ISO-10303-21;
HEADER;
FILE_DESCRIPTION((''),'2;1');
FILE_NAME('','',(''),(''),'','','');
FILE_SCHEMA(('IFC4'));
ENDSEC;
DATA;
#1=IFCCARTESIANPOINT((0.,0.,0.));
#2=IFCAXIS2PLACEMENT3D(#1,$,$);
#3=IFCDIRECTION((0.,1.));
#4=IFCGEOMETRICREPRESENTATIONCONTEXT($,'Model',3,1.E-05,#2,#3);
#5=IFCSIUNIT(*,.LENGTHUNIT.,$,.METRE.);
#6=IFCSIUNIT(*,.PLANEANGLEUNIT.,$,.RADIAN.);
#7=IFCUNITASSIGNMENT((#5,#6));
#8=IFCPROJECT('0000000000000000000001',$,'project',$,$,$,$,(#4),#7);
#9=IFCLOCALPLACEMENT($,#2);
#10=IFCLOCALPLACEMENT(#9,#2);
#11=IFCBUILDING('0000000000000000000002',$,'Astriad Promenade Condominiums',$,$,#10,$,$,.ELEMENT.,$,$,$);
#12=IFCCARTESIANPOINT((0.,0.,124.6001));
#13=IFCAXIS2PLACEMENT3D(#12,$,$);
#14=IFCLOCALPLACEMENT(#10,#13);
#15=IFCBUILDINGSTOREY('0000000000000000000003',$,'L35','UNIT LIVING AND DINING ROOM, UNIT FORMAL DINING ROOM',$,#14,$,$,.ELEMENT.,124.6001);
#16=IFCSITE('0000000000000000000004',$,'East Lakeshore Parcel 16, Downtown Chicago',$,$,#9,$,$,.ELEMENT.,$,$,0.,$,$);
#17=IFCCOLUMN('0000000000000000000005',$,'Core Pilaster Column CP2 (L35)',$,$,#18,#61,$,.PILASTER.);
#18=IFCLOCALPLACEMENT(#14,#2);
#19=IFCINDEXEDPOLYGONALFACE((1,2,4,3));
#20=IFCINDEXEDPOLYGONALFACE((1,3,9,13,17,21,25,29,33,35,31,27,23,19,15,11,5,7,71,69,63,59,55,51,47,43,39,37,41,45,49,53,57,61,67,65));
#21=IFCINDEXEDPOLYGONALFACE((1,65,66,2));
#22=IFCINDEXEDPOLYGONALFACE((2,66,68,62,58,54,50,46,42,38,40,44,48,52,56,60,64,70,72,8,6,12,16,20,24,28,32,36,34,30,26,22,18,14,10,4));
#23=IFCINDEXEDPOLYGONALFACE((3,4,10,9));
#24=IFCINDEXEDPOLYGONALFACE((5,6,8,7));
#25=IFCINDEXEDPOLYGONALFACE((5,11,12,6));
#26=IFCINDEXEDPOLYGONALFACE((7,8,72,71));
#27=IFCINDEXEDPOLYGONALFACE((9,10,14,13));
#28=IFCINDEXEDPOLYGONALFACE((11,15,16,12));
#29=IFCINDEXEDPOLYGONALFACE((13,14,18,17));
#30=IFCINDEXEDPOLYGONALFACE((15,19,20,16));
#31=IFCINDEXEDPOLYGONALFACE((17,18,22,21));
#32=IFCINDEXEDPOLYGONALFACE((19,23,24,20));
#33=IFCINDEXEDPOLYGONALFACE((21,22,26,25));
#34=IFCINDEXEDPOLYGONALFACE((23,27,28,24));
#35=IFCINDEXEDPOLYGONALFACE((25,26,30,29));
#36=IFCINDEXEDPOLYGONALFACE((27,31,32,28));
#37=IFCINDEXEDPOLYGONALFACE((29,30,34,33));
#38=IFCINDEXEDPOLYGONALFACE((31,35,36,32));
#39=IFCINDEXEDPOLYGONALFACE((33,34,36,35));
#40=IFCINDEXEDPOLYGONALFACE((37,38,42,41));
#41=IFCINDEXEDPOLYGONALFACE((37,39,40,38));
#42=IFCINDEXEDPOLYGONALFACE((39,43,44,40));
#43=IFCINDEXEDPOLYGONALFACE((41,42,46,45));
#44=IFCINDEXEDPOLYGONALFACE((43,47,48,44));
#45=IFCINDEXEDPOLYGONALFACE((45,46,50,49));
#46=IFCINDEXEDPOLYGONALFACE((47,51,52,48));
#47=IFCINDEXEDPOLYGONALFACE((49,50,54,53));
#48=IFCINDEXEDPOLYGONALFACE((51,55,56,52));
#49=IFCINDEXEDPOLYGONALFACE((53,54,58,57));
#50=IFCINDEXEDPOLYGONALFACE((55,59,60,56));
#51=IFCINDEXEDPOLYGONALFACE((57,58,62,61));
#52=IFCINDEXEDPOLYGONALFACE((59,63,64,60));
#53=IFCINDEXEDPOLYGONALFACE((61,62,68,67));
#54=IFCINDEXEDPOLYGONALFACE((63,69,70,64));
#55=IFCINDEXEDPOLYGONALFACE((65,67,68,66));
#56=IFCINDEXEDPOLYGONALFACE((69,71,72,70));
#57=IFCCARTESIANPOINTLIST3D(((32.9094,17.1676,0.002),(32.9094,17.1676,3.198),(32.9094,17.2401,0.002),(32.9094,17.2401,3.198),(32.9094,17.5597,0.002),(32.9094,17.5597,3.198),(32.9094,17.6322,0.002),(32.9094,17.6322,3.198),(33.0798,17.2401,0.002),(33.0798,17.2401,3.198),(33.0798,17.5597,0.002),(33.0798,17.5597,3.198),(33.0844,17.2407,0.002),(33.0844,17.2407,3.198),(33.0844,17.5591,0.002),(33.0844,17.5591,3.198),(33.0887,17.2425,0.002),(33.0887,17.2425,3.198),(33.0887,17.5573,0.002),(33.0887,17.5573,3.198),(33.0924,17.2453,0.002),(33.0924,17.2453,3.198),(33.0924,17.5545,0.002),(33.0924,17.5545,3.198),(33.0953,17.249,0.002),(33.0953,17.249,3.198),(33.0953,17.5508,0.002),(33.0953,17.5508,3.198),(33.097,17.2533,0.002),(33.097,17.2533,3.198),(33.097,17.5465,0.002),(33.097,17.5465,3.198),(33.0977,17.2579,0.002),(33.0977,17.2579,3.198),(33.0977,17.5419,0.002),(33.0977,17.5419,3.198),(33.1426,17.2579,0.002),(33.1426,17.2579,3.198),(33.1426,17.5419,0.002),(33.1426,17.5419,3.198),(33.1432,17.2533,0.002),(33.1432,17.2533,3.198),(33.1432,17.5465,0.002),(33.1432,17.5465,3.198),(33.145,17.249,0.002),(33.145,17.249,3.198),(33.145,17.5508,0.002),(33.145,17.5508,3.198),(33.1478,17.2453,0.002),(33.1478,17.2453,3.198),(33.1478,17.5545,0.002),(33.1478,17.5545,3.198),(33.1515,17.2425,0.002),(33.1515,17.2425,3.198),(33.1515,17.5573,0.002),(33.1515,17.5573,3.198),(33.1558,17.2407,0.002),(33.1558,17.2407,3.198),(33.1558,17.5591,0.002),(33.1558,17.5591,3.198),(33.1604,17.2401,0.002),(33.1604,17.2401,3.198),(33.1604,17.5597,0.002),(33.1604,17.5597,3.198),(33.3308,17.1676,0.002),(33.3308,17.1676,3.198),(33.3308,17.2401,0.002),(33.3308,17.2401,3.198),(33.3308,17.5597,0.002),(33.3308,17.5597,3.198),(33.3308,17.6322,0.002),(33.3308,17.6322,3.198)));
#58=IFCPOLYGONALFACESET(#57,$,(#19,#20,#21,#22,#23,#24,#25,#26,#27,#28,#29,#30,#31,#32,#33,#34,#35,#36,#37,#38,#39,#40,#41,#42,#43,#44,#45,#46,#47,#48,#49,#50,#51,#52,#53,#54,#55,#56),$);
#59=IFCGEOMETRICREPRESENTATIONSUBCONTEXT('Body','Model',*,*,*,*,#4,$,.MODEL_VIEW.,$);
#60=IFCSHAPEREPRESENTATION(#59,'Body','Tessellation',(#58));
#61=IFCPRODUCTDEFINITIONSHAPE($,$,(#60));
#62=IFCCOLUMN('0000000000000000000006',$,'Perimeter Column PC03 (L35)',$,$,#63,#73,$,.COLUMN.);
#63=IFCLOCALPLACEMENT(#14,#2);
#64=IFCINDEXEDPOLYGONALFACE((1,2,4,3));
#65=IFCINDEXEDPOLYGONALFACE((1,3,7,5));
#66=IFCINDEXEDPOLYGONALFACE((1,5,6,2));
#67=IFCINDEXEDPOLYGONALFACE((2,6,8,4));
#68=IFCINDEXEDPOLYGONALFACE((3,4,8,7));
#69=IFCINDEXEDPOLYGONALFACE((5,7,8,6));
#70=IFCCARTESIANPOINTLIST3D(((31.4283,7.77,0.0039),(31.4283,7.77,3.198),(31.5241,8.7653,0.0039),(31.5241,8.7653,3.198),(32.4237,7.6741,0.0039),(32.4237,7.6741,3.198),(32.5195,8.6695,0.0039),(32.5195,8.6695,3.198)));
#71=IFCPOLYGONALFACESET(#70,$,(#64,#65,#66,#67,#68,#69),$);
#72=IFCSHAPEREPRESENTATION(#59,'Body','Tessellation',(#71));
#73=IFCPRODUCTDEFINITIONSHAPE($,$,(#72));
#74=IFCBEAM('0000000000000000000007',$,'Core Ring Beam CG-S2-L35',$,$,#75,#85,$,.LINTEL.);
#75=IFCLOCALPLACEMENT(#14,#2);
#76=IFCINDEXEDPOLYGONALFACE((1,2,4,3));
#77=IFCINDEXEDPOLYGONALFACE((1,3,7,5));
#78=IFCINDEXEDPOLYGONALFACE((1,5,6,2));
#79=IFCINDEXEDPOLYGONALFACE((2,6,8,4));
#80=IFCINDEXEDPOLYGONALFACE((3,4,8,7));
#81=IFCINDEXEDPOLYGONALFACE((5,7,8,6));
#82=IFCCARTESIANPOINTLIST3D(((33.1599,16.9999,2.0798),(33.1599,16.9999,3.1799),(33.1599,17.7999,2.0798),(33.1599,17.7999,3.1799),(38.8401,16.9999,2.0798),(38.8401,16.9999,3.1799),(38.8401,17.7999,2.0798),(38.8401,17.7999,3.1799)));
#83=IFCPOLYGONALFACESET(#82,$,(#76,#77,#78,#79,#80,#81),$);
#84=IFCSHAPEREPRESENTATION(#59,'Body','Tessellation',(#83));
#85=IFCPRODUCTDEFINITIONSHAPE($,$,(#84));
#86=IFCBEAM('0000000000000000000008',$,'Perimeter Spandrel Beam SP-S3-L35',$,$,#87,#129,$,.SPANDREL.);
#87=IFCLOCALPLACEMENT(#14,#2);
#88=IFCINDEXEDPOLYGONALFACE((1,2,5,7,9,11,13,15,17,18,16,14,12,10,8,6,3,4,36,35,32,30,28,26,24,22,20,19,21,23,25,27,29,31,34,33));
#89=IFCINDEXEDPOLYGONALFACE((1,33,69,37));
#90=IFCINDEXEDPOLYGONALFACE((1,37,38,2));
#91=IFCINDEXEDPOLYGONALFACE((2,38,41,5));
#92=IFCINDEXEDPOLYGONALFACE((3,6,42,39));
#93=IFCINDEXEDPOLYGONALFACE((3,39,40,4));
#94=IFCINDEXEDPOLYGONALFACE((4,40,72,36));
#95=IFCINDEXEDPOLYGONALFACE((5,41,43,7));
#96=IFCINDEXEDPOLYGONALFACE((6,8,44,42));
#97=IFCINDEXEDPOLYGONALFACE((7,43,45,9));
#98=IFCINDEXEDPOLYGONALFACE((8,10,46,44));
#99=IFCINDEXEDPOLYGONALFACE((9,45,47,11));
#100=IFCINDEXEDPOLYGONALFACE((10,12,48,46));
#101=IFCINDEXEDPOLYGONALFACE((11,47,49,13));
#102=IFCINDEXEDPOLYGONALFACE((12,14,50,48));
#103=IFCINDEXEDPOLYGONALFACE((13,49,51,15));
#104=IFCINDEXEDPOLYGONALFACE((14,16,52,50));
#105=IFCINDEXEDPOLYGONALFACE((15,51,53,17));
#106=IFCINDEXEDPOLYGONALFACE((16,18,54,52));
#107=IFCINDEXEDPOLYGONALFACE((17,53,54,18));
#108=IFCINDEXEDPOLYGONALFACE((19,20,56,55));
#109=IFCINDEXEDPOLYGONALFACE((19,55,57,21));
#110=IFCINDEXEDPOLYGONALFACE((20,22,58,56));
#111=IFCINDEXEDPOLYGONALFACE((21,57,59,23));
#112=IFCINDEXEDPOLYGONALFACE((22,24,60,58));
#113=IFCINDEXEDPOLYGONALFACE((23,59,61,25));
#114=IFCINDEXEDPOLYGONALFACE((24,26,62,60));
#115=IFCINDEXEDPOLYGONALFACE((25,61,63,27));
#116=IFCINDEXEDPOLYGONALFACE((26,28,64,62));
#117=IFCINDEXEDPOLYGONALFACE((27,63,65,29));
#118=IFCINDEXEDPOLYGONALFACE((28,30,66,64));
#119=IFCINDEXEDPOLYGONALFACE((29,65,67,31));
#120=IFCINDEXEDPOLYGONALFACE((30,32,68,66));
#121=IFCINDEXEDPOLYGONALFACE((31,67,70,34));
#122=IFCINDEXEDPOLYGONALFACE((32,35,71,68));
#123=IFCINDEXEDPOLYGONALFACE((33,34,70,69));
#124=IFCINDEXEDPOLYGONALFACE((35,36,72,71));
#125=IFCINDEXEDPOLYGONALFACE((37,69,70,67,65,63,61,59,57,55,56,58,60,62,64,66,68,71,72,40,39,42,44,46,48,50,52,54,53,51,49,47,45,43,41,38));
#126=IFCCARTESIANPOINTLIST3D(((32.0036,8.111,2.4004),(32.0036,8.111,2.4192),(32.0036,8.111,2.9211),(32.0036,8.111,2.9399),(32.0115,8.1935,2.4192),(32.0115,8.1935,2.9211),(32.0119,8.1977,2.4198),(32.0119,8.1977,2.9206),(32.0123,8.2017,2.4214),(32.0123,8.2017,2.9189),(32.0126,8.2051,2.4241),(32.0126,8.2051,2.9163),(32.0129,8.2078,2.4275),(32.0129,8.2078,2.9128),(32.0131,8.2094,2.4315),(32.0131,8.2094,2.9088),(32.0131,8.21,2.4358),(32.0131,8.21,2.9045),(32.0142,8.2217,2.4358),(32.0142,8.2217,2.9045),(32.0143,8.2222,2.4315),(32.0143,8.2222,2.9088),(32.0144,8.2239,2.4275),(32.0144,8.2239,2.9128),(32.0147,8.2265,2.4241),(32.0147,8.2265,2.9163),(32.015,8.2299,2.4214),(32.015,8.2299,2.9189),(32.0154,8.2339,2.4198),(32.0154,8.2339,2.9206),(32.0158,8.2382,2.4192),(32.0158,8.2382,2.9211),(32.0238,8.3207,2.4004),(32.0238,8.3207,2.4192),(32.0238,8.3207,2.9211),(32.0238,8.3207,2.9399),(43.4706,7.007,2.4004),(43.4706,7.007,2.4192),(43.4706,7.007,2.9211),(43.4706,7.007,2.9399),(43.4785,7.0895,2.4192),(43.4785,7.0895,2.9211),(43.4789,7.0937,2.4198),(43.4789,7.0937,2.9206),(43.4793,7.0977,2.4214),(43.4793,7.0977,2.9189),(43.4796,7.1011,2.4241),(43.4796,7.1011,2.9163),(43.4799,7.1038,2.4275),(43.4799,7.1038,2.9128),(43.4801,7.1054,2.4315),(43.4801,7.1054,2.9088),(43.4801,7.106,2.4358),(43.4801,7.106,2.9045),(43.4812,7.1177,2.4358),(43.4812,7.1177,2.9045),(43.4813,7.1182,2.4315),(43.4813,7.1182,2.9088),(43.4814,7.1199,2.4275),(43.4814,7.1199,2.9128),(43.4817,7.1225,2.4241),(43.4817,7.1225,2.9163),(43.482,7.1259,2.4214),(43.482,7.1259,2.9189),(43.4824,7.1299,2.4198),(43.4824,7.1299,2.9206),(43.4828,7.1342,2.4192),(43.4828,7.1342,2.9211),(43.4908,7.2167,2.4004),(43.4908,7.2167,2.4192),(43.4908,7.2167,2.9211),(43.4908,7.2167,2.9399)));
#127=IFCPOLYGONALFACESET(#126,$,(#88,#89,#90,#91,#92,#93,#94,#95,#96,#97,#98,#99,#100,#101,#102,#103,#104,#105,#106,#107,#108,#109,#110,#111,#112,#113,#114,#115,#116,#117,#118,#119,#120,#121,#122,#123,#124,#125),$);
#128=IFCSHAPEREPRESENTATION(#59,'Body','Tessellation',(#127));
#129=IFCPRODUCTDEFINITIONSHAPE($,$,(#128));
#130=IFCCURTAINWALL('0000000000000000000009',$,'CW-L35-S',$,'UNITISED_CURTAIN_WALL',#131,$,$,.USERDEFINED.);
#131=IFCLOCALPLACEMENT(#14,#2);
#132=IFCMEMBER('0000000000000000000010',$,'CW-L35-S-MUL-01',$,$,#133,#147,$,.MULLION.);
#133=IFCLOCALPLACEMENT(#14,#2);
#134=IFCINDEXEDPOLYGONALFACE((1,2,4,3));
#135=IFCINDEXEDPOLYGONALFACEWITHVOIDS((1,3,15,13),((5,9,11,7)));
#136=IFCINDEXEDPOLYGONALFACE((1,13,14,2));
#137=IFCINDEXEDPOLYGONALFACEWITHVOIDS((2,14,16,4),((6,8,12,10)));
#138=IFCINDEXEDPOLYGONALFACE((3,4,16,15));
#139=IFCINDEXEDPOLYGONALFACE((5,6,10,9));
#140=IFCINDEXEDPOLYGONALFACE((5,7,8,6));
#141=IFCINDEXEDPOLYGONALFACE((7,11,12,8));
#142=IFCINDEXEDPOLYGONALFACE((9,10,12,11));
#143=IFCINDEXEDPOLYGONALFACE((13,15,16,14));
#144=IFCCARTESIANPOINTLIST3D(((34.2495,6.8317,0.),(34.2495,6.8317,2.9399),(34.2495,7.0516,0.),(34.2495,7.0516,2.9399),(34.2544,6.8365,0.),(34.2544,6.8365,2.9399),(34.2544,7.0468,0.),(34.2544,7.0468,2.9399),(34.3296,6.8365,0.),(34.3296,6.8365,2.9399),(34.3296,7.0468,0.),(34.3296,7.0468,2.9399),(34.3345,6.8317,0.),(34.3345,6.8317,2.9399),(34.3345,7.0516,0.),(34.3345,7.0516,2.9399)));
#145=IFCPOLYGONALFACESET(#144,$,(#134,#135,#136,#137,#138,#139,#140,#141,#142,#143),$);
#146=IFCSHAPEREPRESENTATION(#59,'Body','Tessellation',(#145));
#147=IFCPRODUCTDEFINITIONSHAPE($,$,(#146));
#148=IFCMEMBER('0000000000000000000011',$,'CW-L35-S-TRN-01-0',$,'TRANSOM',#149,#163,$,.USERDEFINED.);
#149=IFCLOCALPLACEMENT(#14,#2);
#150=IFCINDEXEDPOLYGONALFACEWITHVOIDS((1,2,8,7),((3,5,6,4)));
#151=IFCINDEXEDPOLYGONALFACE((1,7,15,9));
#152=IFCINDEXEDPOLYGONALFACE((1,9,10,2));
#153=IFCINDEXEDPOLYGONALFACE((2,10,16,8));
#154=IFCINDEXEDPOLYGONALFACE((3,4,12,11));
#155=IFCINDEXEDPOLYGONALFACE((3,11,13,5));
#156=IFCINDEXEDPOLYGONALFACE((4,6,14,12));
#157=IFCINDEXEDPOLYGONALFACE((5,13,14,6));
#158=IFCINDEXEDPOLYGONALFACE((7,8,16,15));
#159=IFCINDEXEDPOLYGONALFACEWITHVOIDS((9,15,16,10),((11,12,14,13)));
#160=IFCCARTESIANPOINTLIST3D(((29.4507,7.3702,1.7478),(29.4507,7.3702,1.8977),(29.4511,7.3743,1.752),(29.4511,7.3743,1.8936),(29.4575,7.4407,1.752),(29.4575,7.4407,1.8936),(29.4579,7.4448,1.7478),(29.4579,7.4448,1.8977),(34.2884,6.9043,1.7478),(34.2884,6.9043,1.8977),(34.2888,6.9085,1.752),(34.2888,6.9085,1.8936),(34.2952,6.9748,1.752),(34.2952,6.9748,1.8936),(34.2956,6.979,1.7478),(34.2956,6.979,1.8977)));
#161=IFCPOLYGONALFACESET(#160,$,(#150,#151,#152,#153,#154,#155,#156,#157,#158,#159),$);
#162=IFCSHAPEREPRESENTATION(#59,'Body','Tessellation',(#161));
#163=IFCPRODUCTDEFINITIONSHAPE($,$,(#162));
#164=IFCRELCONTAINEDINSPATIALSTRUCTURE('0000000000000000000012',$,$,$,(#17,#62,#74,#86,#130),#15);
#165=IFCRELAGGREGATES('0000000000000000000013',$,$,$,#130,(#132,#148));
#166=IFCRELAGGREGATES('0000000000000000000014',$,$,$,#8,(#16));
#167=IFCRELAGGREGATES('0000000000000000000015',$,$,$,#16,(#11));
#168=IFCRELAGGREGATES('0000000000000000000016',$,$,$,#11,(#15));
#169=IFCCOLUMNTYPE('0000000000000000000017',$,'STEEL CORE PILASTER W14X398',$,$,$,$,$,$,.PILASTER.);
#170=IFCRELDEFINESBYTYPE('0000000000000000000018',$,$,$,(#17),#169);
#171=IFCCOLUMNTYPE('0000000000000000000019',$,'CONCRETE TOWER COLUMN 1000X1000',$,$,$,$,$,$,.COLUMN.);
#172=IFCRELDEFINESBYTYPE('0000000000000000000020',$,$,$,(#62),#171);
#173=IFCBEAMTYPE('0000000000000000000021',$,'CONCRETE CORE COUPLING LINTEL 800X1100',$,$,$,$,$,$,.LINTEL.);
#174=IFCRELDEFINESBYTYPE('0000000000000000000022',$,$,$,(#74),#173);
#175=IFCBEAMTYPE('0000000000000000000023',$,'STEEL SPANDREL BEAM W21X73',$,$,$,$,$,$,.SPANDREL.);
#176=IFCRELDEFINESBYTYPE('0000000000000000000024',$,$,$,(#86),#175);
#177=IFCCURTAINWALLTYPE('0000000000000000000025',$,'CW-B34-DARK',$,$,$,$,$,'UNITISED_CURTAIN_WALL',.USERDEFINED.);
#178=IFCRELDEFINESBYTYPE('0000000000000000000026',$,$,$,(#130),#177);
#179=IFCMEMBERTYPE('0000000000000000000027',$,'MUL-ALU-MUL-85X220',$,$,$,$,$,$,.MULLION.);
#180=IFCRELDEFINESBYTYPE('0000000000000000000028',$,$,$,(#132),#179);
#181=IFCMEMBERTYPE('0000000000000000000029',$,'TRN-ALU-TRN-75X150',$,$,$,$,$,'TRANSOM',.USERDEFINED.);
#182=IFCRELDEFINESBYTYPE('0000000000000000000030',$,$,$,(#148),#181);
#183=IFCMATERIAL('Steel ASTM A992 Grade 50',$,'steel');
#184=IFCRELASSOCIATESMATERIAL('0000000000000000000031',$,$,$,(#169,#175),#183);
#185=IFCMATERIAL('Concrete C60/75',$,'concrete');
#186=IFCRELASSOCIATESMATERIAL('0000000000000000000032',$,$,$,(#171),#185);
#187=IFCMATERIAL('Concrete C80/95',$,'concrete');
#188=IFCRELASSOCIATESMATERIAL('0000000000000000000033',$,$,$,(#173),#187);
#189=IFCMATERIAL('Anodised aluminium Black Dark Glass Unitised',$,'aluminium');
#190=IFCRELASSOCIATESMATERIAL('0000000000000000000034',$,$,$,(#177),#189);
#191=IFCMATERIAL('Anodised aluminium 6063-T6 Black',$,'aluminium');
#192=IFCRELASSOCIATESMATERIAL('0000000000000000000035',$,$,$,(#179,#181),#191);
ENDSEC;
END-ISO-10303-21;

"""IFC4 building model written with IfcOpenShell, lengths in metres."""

from ifc_helpers import new_model, si_unit, direction, frame, origin, origin_2d, place, context, subcontext, project, spatial, rectangle, hollow_rectangle, i_section, extrude, source, transform, mapped, material, material_profile, profile_set, type_object, type_shapes, element, aggregate, save


model = new_model("IFC4")

# Units and contexts
model_context = context("Model", 3, precision=1e-05, world=origin(), true_north=direction((0.0, 1.0)))
body_context = subcontext(model_context, "Body", "Model", "MODEL_VIEW")
ifc_project = project(units=[si_unit("LENGTHUNIT", "METRE"), si_unit("PLANEANGLEUNIT", "RADIAN")], contexts=[model_context])

# Site, building, storey
site_placement = place(None, origin())
site = spatial("IfcSite", under=ifc_project, at=site_placement, Name="East Lakeshore Parcel 16, Downtown Chicago", CompositionType="ELEMENT", RefElevation=0.0)
building_placement = place(site_placement, origin())
building = spatial("IfcBuilding", under=site, at=building_placement, Name="Astriad Promenade Condominiums", CompositionType="ELEMENT")
storey_placement = place(building_placement, frame((0.0, 0.0, 124.6001)))
storey = spatial("IfcBuildingStorey", under=building, at=storey_placement, Name="L35", Description="UNIT LIVING AND DINING ROOM, UNIT FORMAL DINING ROOM", CompositionType="ELEMENT", Elevation=124.6001)

# Columns
ifc_material_1 = material(Name="Steel ASTM A992 Grade 50", Category="steel")
ifc_material_profile_1 = material_profile(ifc_material_1, i_section(OverallWidth=0.4214, OverallDepth=0.4646, WebThickness=0.0449, FlangeThickness=0.0725, FilletRadius=0.0178, at=origin_2d()), Name="W14X398")
ifc_profile_set_1 = profile_set([ifc_material_profile_1], Name="Steel ASTM A992 Grade 50")
column_type_1 = type_object("IfcColumnType", Name="STEEL CORE PILASTER W14X398", PredefinedType="PILASTER", material=ifc_profile_set_1)
shared_shape_1 = source(origin(), body_context, "Body", "SweptSolid", [
    extrude(i_section(OverallWidth=0.4214, OverallDepth=0.4646, WebThickness=0.0449, FlangeThickness=0.0725, FilletRadius=0.0178, at=origin_2d()), origin(), (0.0, 0.0, 1.0), 3.196),
])
type_shapes(column_type_1, [shared_shape_1])
column_1_placement = place(storey_placement, frame((33.1201, 17.3999, 0.002), z_axis=(0.0, 0.0, 1.0), x_axis=(1.0, 0.0, 0.0)))
element("IfcColumn", 1, at=column_1_placement, inside=storey, type_object=column_type_1, Name="Core Pilaster Column CP2 (L35)", PredefinedType="PILASTER", context=body_context, shape_type="MappedRepresentation", body=[
    mapped(shared_shape_1, transform((0.0, 0.0, 0.0), scale=1.0)),
])
ifc_material_2 = material(Name="Concrete C60/75", Category="concrete")
ifc_material_profile_2 = material_profile(ifc_material_2, rectangle(XDim=1.0, YDim=1.0, at=origin_2d()), Name="RC-COL-1000X1000")
ifc_profile_set_2 = profile_set([ifc_material_profile_2], Name="Concrete C60/75")
column_type_2 = type_object("IfcColumnType", Name="CONCRETE TOWER COLUMN 1000X1000", PredefinedType="COLUMN", material=ifc_profile_set_2)
shared_shape_2 = source(origin(), body_context, "Body", "SweptSolid", [
    extrude(rectangle(XDim=1.0, YDim=1.0, at=origin_2d()), origin(), (0.0, 0.0, 1.0), 3.1941),
])
type_shapes(column_type_2, [shared_shape_2])
column_2_placement = place(storey_placement, frame((31.9739, 8.2197, 0.0039), z_axis=(0.0, 0.0, 1.0), x_axis=(0.995396, -0.095846, 0.0)))
element("IfcColumn", 2, at=column_2_placement, inside=storey, type_object=column_type_2, Name="Perimeter Column PC03 (L35)", PredefinedType="COLUMN", context=body_context, shape_type="MappedRepresentation", body=[
    mapped(shared_shape_2, transform((0.0, 0.0, 0.0), scale=1.0)),
])

# Beams
ifc_material_3 = material(Name="Concrete C80/95", Category="concrete")
ifc_material_profile_3 = material_profile(ifc_material_3, rectangle(XDim=0.8, YDim=1.1001, at=origin_2d()), Name="RC-BM-800X1100")
ifc_profile_set_3 = profile_set([ifc_material_profile_3], Name="Concrete C80/95")
beam_type_1 = type_object("IfcBeamType", Name="CONCRETE CORE COUPLING LINTEL 800X1100", PredefinedType="LINTEL", material=ifc_profile_set_3)
shared_shape_3 = source(origin(), body_context, "Body", "SweptSolid", [
    extrude(rectangle(XDim=0.8, YDim=1.1001, at=origin_2d()), origin(), (0.0, 0.0, 1.0), 5.6802),
])
type_shapes(beam_type_1, [shared_shape_3])
beam_1_placement = place(storey_placement, frame((33.1599, 17.3999, 2.6299), z_axis=(1.0, 0.0, 0.0), x_axis=(0.0, 1.0, 0.0)))
element("IfcBeam", 3, at=beam_1_placement, inside=storey, type_object=beam_type_1, Name="Core Ring Beam CG-S2-L35", PredefinedType="LINTEL", context=body_context, shape_type="MappedRepresentation", body=[
    mapped(shared_shape_3, transform((0.0, 0.0, 0.0), scale=1.0)),
])
ifc_material_profile_4 = material_profile(ifc_material_1, i_section(OverallWidth=0.2107, OverallDepth=0.5396, WebThickness=0.0117, FlangeThickness=0.0188, FilletRadius=0.0166, at=origin_2d()), Name="W21X73")
ifc_profile_set_4 = profile_set([ifc_material_profile_4], Name="Steel ASTM A992 Grade 50")
beam_type_2 = type_object("IfcBeamType", Name="STEEL SPANDREL BEAM W21X73", PredefinedType="SPANDREL", material=ifc_profile_set_4)
shared_shape_4 = source(origin(), body_context, "Body", "SweptSolid", [
    extrude(i_section(OverallWidth=0.2107, OverallDepth=0.5396, WebThickness=0.0117, FlangeThickness=0.0188, FilletRadius=0.0166, at=origin_2d()), origin(), (0.0, 0.0, 1.0), 11.52),
])
type_shapes(beam_type_2, [shared_shape_4])
beam_2_placement = place(storey_placement, frame((32.0137, 8.2158, 2.6702), z_axis=(0.995397, -0.095833, 0.0), x_axis=(0.095833, 0.995397, 0.0)))
element("IfcBeam", 4, at=beam_2_placement, inside=storey, type_object=beam_type_2, Name="Perimeter Spandrel Beam SP-S3-L35", PredefinedType="SPANDREL", context=body_context, shape_type="MappedRepresentation", body=[
    mapped(shared_shape_4, transform((0.0, 0.0, 0.0), scale=1.0)),
])

# Curtain wall, members
ifc_material_4 = material(Name="Anodised aluminium Black Dark Glass Unitised", Category="aluminium")
curtain_wall_type = type_object("IfcCurtainWallType", Name="CW-B34-DARK", ElementType="UNITISED_CURTAIN_WALL", PredefinedType="USERDEFINED", material=ifc_material_4)
curtain_wall_placement = place(storey_placement, origin())
curtain_wall = element("IfcCurtainWall", 5, at=curtain_wall_placement, inside=storey, type_object=curtain_wall_type, Name="CW-L35-S", ObjectType="UNITISED_CURTAIN_WALL", PredefinedType="USERDEFINED")
ifc_material_5 = material(Name="Anodised aluminium 6063-T6 Black", Category="aluminium")
ifc_material_profile_5 = material_profile(ifc_material_5, hollow_rectangle(XDim=0.085, YDim=0.22, WallThickness=0.0049, at=origin_2d()), Name="ALU-MUL-85X220")
ifc_profile_set_5 = profile_set([ifc_material_profile_5], Name="Anodised aluminium 6063-T6 Black")
member_type_1 = type_object("IfcMemberType", Name="MUL-ALU-MUL-85X220", PredefinedType="MULLION", material=ifc_profile_set_5)
shared_shape_5 = source(origin(), body_context, "Body", "SweptSolid", [
    extrude(hollow_rectangle(XDim=0.085, YDim=0.22, WallThickness=0.0049, at=origin_2d()), origin(), (0.0, 0.0, 1.0), 2.9399),
])
type_shapes(member_type_1, [shared_shape_5])
member_1_placement = place(storey_placement, frame((34.292, 6.9417, 0.0), z_axis=(0.0, 0.0, 1.0), x_axis=(1.0, 0.0, 0.0)))
member_1 = element("IfcMember", 6, at=member_1_placement, type_object=member_type_1, Name="CW-L35-S-MUL-01", PredefinedType="MULLION", context=body_context, shape_type="MappedRepresentation", body=[
    mapped(shared_shape_5, transform((0.0, 0.0, 0.0), scale=1.0)),
])
ifc_material_profile_6 = material_profile(ifc_material_5, hollow_rectangle(XDim=0.075, YDim=0.1499, WallThickness=0.0042, at=origin_2d()), Name="ALU-TRN-75X150")
ifc_profile_set_6 = profile_set([ifc_material_profile_6], Name="Anodised aluminium 6063-T6 Black")
member_type_2 = type_object("IfcMemberType", Name="TRN-ALU-TRN-75X150", ElementType="TRANSOM", PredefinedType="USERDEFINED", material=ifc_profile_set_6)
shared_shape_6 = source(origin(), body_context, "Body", "SweptSolid", [
    extrude(hollow_rectangle(XDim=0.075, YDim=0.1499, WallThickness=0.0042, at=origin_2d()), origin(), (0.0, 0.0, 1.0), 4.8601),
])
type_shapes(member_type_2, [shared_shape_6])
member_2_placement = place(storey_placement, frame((34.292, 6.9417, 1.8228), z_axis=(-0.995396, 0.095847, 0.0), x_axis=(-0.095847, -0.995396, 0.0)))
member_2 = element("IfcMember", 7, at=member_2_placement, type_object=member_type_2, Name="CW-L35-S-TRN-01-0", ObjectType="TRANSOM", PredefinedType="USERDEFINED", context=body_context, shape_type="MappedRepresentation", body=[
    mapped(shared_shape_6, transform((0.0, 0.0, 0.0), scale=1.0)),
])
aggregate(curtain_wall, [member_1, member_2])

save(model, "model.ifc")
